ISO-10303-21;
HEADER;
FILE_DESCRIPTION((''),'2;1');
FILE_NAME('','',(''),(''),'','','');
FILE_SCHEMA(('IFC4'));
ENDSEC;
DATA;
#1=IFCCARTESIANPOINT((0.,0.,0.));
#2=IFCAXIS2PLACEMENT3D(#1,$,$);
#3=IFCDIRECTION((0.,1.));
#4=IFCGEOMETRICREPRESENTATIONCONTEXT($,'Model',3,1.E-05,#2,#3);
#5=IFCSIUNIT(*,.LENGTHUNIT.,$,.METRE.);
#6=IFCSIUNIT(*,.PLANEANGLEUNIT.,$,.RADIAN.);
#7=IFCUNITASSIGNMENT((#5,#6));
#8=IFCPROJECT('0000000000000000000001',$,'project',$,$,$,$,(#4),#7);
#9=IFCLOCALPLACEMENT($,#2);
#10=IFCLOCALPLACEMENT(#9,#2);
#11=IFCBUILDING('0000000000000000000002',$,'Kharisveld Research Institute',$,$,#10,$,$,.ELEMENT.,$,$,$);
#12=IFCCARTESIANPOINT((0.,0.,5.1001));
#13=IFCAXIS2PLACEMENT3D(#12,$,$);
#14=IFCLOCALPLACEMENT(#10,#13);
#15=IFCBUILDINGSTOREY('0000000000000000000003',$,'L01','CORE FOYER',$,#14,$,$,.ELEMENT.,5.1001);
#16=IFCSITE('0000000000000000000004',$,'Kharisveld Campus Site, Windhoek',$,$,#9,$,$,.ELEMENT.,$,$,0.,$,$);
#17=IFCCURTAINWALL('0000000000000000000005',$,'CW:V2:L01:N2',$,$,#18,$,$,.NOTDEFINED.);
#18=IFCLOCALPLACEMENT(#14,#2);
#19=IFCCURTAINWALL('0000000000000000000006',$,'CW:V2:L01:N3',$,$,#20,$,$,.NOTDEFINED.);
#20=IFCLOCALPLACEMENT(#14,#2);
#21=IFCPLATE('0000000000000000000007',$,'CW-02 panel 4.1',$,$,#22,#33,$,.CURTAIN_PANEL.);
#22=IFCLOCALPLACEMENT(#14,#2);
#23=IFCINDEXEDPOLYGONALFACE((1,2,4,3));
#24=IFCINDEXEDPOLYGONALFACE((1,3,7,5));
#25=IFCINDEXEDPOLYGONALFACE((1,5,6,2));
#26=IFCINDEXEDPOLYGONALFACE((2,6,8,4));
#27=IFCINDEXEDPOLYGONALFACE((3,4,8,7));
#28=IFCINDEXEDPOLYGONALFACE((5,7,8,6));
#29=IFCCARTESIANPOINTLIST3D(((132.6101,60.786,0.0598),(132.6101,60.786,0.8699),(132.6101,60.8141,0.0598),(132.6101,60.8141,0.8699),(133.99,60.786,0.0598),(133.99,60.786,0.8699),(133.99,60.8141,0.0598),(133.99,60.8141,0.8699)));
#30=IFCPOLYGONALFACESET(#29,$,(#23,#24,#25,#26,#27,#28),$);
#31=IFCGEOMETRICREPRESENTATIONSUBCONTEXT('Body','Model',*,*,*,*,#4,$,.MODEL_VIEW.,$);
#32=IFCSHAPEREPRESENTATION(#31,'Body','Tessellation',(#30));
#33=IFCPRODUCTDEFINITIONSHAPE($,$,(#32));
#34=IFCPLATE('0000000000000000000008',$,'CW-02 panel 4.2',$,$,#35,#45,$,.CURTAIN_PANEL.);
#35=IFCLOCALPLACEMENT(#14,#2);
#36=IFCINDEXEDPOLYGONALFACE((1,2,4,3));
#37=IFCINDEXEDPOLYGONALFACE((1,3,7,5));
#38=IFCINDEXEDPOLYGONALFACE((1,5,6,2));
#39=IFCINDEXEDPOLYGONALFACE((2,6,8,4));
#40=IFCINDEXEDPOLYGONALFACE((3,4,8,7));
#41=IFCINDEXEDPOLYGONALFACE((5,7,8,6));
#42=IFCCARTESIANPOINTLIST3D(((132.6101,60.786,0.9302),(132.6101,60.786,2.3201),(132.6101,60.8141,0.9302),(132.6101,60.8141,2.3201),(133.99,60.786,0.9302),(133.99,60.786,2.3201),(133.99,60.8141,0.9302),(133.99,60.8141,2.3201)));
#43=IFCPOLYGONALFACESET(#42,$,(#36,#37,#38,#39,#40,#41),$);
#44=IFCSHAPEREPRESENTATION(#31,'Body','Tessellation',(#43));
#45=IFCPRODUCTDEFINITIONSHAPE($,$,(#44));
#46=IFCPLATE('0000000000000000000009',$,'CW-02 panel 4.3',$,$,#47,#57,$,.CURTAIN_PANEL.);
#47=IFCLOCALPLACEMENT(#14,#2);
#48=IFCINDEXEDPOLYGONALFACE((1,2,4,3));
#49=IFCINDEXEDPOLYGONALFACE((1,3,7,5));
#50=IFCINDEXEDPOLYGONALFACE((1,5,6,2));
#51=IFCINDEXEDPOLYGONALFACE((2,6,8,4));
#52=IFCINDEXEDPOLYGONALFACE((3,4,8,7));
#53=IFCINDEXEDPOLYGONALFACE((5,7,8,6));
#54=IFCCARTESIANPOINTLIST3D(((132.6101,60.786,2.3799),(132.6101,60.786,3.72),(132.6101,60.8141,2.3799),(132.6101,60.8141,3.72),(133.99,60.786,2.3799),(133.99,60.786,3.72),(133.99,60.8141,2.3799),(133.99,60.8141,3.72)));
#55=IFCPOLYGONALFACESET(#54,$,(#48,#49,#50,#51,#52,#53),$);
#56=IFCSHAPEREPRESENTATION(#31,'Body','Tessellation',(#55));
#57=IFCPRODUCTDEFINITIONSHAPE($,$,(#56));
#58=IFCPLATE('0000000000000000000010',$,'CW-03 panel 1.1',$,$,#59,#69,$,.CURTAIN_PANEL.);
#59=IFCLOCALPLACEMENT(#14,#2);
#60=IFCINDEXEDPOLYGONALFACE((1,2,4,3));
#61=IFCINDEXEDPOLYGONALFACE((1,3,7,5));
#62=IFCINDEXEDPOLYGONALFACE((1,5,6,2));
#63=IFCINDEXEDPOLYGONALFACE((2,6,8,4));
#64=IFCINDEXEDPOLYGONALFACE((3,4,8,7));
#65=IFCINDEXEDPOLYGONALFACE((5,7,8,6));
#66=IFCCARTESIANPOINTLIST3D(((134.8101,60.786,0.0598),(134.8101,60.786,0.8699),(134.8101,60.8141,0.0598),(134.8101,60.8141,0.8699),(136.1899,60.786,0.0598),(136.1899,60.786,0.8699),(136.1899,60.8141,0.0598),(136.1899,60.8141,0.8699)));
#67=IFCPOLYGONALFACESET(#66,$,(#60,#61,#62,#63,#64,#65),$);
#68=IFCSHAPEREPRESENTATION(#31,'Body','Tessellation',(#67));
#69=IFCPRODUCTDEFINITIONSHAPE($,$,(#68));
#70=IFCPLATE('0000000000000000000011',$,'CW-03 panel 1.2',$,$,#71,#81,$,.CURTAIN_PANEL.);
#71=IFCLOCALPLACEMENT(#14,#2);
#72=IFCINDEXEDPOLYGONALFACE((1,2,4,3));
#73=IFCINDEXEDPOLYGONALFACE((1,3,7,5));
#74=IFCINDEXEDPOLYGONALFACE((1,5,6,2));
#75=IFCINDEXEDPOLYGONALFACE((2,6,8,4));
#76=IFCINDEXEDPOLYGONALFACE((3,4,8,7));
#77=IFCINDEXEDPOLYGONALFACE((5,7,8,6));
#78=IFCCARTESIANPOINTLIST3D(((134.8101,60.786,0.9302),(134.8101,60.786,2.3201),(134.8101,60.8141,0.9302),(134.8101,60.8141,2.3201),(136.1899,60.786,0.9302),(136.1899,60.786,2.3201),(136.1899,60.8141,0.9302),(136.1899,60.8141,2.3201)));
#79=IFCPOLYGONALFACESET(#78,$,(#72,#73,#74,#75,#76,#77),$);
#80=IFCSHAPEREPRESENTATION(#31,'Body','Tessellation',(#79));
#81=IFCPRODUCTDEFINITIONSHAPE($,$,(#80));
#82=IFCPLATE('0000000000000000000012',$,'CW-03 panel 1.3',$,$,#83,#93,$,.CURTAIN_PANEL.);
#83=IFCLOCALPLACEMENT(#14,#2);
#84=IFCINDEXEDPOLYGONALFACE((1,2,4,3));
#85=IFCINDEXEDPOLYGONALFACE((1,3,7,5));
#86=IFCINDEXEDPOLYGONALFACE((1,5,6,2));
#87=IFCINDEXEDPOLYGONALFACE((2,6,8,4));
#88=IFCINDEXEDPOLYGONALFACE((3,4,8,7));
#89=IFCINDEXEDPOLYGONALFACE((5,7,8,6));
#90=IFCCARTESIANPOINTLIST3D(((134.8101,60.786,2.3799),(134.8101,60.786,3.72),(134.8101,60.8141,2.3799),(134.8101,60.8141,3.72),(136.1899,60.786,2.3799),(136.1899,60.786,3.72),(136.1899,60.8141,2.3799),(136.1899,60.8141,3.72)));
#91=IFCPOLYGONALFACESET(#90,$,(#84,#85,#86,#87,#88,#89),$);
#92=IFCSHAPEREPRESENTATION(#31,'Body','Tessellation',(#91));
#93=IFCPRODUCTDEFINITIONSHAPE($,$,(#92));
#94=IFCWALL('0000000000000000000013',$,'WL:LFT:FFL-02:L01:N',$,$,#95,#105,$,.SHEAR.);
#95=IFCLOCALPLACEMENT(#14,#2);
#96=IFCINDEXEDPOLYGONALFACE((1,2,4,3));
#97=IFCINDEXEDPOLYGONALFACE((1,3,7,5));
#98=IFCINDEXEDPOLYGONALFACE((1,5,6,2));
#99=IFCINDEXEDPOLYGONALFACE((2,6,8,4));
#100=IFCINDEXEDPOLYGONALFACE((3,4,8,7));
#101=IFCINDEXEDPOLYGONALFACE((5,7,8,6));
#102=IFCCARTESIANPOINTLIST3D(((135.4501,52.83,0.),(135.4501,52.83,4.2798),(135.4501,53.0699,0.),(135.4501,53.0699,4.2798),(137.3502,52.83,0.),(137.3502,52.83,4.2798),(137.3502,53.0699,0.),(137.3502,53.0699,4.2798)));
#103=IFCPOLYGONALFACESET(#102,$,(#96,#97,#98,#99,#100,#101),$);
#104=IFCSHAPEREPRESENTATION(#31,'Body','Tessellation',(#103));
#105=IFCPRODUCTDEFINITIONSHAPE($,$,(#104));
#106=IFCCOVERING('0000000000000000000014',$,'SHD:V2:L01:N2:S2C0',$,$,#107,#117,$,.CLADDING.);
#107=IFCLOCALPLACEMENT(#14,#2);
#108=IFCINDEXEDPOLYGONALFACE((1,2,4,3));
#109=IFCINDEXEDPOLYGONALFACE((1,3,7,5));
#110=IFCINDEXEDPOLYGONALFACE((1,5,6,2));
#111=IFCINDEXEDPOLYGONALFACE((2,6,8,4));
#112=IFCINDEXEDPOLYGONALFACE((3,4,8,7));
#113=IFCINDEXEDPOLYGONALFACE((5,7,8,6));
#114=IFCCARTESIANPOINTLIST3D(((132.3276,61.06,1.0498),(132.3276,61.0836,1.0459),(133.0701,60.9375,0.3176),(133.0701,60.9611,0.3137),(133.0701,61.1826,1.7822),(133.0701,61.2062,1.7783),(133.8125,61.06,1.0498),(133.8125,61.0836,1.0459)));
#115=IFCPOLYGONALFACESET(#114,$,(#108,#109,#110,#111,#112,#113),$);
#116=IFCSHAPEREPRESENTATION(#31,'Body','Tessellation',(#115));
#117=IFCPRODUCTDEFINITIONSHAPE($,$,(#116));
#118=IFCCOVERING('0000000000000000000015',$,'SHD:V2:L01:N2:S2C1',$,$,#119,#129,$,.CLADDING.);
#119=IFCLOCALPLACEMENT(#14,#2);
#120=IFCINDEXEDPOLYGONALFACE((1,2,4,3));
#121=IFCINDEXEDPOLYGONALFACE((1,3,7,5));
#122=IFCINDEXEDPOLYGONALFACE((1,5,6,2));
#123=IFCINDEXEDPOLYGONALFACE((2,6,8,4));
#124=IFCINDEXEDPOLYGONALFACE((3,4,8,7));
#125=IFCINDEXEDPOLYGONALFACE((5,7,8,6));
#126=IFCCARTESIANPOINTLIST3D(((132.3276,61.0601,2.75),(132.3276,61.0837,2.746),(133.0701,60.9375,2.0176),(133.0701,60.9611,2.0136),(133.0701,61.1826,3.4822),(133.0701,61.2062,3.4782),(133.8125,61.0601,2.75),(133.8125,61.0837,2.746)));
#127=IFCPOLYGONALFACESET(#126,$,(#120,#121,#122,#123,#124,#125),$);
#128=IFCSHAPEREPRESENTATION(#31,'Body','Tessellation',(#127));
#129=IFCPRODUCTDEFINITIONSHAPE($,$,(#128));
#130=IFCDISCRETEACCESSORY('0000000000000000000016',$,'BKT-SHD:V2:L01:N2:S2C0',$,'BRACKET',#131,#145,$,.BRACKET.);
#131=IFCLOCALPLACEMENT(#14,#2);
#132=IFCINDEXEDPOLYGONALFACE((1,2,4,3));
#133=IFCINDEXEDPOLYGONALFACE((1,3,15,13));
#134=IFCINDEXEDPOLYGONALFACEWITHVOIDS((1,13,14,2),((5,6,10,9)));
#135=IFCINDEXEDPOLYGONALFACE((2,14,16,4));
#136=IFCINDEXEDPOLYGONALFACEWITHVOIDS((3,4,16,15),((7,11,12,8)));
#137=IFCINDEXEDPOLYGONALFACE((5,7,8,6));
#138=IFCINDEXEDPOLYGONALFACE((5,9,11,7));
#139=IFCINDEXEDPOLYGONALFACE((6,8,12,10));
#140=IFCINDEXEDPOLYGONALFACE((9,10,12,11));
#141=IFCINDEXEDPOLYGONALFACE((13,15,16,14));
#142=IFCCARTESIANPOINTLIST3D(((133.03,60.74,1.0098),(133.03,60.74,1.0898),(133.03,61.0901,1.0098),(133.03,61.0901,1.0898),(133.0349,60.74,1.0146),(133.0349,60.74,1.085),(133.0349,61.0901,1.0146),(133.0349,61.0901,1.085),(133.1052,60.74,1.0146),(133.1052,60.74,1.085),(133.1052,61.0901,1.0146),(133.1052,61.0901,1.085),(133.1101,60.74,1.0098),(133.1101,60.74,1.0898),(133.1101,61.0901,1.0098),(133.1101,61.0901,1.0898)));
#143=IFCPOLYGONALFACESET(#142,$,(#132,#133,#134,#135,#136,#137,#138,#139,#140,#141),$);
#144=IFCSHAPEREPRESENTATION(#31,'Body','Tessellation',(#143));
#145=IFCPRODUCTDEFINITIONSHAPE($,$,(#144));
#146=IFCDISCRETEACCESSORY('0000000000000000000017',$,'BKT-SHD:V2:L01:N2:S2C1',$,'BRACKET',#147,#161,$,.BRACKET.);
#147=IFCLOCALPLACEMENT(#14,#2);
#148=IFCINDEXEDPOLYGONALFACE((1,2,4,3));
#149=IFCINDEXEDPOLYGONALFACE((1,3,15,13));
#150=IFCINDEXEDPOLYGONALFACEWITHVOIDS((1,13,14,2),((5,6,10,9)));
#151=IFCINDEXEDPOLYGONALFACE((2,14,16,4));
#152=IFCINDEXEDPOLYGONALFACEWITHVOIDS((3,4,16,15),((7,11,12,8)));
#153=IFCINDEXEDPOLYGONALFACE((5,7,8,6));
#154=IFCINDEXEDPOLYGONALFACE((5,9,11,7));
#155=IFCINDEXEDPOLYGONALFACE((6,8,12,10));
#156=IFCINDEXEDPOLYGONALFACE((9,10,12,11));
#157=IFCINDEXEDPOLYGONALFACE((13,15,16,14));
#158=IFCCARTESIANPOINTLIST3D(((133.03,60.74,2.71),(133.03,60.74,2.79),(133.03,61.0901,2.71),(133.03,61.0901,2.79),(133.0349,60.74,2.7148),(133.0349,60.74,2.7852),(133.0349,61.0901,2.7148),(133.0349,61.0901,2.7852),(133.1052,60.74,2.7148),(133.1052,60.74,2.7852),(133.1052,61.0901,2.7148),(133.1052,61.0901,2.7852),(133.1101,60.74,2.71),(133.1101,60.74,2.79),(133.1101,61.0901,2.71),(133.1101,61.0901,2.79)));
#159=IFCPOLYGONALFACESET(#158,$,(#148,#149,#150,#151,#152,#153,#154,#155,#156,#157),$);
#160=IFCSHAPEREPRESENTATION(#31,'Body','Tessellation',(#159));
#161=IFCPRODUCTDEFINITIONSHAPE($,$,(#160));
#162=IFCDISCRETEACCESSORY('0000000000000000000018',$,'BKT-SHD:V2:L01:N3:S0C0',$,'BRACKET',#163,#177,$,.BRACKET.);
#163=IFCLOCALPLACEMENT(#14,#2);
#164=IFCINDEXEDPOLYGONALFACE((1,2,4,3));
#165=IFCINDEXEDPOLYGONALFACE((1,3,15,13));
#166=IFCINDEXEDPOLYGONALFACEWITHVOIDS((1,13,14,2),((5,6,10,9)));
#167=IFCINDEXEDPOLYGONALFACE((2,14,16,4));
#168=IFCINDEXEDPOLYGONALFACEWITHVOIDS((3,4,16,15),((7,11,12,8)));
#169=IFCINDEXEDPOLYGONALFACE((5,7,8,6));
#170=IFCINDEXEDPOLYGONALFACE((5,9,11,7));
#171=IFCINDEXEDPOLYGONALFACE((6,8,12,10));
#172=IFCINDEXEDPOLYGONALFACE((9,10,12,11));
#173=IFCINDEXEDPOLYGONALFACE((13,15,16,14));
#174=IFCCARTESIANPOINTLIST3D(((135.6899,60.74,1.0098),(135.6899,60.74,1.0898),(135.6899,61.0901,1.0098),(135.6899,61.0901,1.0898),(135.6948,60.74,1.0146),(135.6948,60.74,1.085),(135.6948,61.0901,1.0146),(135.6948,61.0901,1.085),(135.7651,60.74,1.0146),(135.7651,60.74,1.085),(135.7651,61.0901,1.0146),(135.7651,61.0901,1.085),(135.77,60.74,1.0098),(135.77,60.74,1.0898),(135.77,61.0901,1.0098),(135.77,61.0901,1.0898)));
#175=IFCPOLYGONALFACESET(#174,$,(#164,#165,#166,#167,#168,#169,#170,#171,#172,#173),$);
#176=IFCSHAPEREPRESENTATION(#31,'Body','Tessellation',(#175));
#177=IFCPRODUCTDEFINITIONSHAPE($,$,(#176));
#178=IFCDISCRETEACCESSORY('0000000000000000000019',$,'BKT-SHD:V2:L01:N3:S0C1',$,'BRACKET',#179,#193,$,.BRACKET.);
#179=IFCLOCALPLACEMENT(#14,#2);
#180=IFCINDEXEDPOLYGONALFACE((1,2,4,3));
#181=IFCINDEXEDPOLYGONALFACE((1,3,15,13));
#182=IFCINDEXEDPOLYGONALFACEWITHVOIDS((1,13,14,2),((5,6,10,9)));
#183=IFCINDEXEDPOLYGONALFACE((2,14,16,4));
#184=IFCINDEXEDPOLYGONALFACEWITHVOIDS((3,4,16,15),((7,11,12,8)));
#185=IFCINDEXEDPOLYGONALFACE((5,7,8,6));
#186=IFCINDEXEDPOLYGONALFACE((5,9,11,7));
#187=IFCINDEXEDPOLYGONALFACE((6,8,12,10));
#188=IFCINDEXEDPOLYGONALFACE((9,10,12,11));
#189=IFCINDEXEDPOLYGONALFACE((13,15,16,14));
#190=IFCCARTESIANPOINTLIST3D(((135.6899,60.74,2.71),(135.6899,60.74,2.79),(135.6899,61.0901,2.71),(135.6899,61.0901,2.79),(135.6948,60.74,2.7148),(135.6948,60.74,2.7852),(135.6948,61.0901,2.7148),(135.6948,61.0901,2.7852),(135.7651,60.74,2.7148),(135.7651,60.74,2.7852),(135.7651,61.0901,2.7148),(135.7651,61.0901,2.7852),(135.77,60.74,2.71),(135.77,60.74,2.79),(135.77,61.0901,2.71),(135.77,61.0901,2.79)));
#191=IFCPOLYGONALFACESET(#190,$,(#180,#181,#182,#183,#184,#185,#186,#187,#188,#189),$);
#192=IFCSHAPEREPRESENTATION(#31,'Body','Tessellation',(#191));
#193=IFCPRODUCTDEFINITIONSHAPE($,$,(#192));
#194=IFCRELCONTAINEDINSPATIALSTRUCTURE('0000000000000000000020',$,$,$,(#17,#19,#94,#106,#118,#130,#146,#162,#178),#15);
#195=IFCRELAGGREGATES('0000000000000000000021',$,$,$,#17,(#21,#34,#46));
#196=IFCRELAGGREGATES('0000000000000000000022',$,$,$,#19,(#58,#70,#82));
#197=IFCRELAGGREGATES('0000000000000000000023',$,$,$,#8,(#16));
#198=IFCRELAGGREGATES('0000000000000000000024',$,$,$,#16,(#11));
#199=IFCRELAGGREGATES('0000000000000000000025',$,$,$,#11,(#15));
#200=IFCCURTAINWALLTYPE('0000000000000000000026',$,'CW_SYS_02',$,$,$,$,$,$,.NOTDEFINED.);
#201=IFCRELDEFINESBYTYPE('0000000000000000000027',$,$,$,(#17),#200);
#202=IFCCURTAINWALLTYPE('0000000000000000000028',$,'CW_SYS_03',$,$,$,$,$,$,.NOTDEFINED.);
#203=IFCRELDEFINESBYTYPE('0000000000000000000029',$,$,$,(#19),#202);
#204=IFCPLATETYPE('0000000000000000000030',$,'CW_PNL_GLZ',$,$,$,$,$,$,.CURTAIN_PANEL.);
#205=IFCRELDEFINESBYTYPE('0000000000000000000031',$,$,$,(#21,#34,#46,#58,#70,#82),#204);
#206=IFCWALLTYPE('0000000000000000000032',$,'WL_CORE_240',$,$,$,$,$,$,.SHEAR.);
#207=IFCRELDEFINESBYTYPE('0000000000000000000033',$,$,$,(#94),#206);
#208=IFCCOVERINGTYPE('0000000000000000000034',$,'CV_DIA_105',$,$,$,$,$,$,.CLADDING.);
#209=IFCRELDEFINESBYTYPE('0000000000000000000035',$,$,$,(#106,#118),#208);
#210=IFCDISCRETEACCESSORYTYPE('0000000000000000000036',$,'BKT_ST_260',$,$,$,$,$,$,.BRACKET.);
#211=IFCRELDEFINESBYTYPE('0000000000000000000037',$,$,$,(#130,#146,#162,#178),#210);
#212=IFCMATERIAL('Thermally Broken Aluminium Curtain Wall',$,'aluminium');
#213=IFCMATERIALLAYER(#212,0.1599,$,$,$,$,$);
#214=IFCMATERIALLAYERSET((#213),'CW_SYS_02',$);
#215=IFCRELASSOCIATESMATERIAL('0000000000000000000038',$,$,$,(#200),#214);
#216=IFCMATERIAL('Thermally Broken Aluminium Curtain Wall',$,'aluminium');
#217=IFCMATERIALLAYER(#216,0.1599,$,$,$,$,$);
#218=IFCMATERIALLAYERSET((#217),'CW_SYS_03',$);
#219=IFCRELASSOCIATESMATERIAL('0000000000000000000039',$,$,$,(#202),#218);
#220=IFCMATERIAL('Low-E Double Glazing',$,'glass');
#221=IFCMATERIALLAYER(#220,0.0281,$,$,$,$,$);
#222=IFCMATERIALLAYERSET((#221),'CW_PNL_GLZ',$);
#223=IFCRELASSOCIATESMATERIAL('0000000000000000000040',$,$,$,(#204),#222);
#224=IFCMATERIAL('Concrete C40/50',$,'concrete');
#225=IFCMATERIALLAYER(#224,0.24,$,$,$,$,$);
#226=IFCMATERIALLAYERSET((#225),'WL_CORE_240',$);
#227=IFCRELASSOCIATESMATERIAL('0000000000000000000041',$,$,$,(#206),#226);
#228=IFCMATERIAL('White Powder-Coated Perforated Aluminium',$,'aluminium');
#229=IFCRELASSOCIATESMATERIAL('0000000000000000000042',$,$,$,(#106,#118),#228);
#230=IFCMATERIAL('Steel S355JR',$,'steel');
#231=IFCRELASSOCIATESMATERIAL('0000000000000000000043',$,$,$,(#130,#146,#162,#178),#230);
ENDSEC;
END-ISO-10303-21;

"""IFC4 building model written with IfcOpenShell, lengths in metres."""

from ifc_helpers import new_model, si_unit, direction, frame, frame_2d, origin, origin_2d, place, context, subcontext, project, spatial, polyline, rectangle, hollow_rectangle, outline, extrude, material, layer, layer_set, type_object, element, aggregate, save


model = new_model("IFC4")

# Units and contexts
model_context = context("Model", 3, precision=1e-05, world=origin(), true_north=direction((0.0, 1.0)))
body_context = subcontext(model_context, "Body", "Model", "MODEL_VIEW")
ifc_project = project(units=[si_unit("LENGTHUNIT", "METRE"), si_unit("PLANEANGLEUNIT", "RADIAN")], contexts=[model_context])

# Site, building, storey
site_placement = place(None, origin())
site = spatial("IfcSite", under=ifc_project, at=site_placement, Name="Kharisveld Campus Site, Windhoek", CompositionType="ELEMENT", RefElevation=0.0)
building_placement = place(site_placement, origin())
building = spatial("IfcBuilding", under=site, at=building_placement, Name="Kharisveld Research Institute", CompositionType="ELEMENT")
storey_placement = place(building_placement, frame((0.0, 0.0, 5.1001)))
storey = spatial("IfcBuildingStorey", under=building, at=storey_placement, Name="L01", Description="CORE FOYER", CompositionType="ELEMENT", Elevation=5.1001)

# Curtain wall
ifc_material_1 = material(Name="Thermally Broken Aluminium Curtain Wall", Category="aluminium")
ifc_layer_1 = layer(ifc_material_1, 0.1599)
ifc_layer_set_1 = layer_set([ifc_layer_1], Name="CW_SYS_02")
curtain_wall_type_1 = type_object("IfcCurtainWallType", Name="CW_SYS_02", PredefinedType="NOTDEFINED", material=ifc_layer_set_1)
curtain_wall_1_placement = place(storey_placement, origin())
curtain_wall_1 = element("IfcCurtainWall", 1, at=curtain_wall_1_placement, inside=storey, type_object=curtain_wall_type_1, Name="CW:V2:L01:N2", PredefinedType="NOTDEFINED")

# Curtain wall
ifc_material_2 = material(Name="Thermally Broken Aluminium Curtain Wall", Category="aluminium")
ifc_layer_2 = layer(ifc_material_2, 0.1599)
ifc_layer_set_2 = layer_set([ifc_layer_2], Name="CW_SYS_03")
curtain_wall_type_2 = type_object("IfcCurtainWallType", Name="CW_SYS_03", PredefinedType="NOTDEFINED", material=ifc_layer_set_2)
curtain_wall_2_placement = place(storey_placement, origin())
curtain_wall_2 = element("IfcCurtainWall", 2, at=curtain_wall_2_placement, inside=storey, type_object=curtain_wall_type_2, Name="CW:V2:L01:N3", PredefinedType="NOTDEFINED")

# Plates
ifc_material_3 = material(Name="Low-E Double Glazing", Category="glass")
ifc_layer_3 = layer(ifc_material_3, 0.0281)
ifc_layer_set_3 = layer_set([ifc_layer_3], Name="CW_PNL_GLZ")
plate_type = type_object("IfcPlateType", Name="CW_PNL_GLZ", PredefinedType="CURTAIN_PANEL", material=ifc_layer_set_3)
plate_1_placement = place(storey_placement, frame((133.3, 60.8, 0.0598), z_axis=(0.0, 0.0, 1.0), x_axis=(1.0, 0.0, 0.0)))
plate_1 = element("IfcPlate", 3, at=plate_1_placement, type_object=plate_type, Name="CW-02 panel 4.1", PredefinedType="CURTAIN_PANEL", context=body_context, shape_type="SweptSolid", body=[
    extrude(rectangle(XDim=1.3799, YDim=0.0281, at=origin_2d()), origin(), (0.0, 0.0, 1.0), 0.8101),
])
plate_2_placement = place(storey_placement, frame((133.3, 60.8, 0.9302), z_axis=(0.0, 0.0, 1.0), x_axis=(1.0, 0.0, 0.0)))
plate_2 = element("IfcPlate", 4, at=plate_2_placement, type_object=plate_type, Name="CW-02 panel 4.2", PredefinedType="CURTAIN_PANEL", context=body_context, shape_type="SweptSolid", body=[
    extrude(rectangle(XDim=1.3799, YDim=0.0281, at=origin_2d()), origin(), (0.0, 0.0, 1.0), 1.3899),
])
plate_3_placement = place(storey_placement, frame((133.3, 60.8, 2.3799), z_axis=(0.0, 0.0, 1.0), x_axis=(1.0, 0.0, 0.0)))
plate_3 = element("IfcPlate", 5, at=plate_3_placement, type_object=plate_type, Name="CW-02 panel 4.3", PredefinedType="CURTAIN_PANEL", context=body_context, shape_type="SweptSolid", body=[
    extrude(rectangle(XDim=1.3799, YDim=0.0281, at=origin_2d()), origin(), (0.0, 0.0, 1.0), 1.3401),
])
aggregate(curtain_wall_1, [plate_1, plate_2, plate_3])
plate_4_placement = place(storey_placement, frame((135.5, 60.8, 0.0598), z_axis=(0.0, 0.0, 1.0), x_axis=(1.0, 0.0, 0.0)))
plate_4 = element("IfcPlate", 6, at=plate_4_placement, type_object=plate_type, Name="CW-03 panel 1.1", PredefinedType="CURTAIN_PANEL", context=body_context, shape_type="SweptSolid", body=[
    extrude(rectangle(XDim=1.3799, YDim=0.0281, at=origin_2d()), origin(), (0.0, 0.0, 1.0), 0.8101),
])
plate_5_placement = place(storey_placement, frame((135.5, 60.8, 0.9302), z_axis=(0.0, 0.0, 1.0), x_axis=(1.0, 0.0, 0.0)))
plate_5 = element("IfcPlate", 7, at=plate_5_placement, type_object=plate_type, Name="CW-03 panel 1.2", PredefinedType="CURTAIN_PANEL", context=body_context, shape_type="SweptSolid", body=[
    extrude(rectangle(XDim=1.3799, YDim=0.0281, at=origin_2d()), origin(), (0.0, 0.0, 1.0), 1.3899),
])
plate_6_placement = place(storey_placement, frame((135.5, 60.8, 2.3799), z_axis=(0.0, 0.0, 1.0), x_axis=(1.0, 0.0, 0.0)))
plate_6 = element("IfcPlate", 8, at=plate_6_placement, type_object=plate_type, Name="CW-03 panel 1.3", PredefinedType="CURTAIN_PANEL", context=body_context, shape_type="SweptSolid", body=[
    extrude(rectangle(XDim=1.3799, YDim=0.0281, at=origin_2d()), origin(), (0.0, 0.0, 1.0), 1.3401),
])
aggregate(curtain_wall_2, [plate_4, plate_5, plate_6])

# Wall
ifc_material_4 = material(Name="Concrete C40/50", Category="concrete")
ifc_layer_4 = layer(ifc_material_4, 0.24)
ifc_layer_set_4 = layer_set([ifc_layer_4], Name="WL_CORE_240")
wall_type = type_object("IfcWallType", Name="WL_CORE_240", PredefinedType="SHEAR", material=ifc_layer_set_4)
wall_placement = place(storey_placement, frame((135.45, 52.95, 0.0), z_axis=(0.0, 0.0, 1.0), x_axis=(1.0, 0.0, 0.0)))
element("IfcWall", 9, at=wall_placement, inside=storey, type_object=wall_type, Name="WL:LFT:FFL-02:L01:N", PredefinedType="SHEAR", context=body_context, shape_type="SweptSolid", body=[
    extrude(rectangle(XDim=1.9001, YDim=0.24, at=frame_2d((0.9502, 0.0))), origin(), (0.0, 0.0, 1.0), 4.2798),
])

# Coverings
ifc_material_5 = material(Name="White Powder-Coated Perforated Aluminium", Category="aluminium")
covering_type = type_object("IfcCoveringType", Name="CV_DIA_105", PredefinedType="CLADDING")
covering_1_placement = place(storey_placement, frame((133.0701, 60.9375, 0.3176), z_axis=(0.0, -0.986283, 0.165065), x_axis=(0.707139, 0.116714, 0.697376)))
element("IfcCovering", 10, at=covering_1_placement, inside=storey, type_object=covering_type, material=ifc_material_5, Name="SHD:V2:L01:N2:S2C0", PredefinedType="CLADDING", context=body_context, shape_type="SweptSolid", body=[
    extrude(outline(polyline([(0.0, 0.0), (1.0499, 0.0), (1.05, 1.0501), (-0.0001, 1.0499), (0.0, 0.0)])), origin(), (0.0, 0.0, -1.0), 0.0239),
])
covering_2_placement = place(storey_placement, frame((133.0701, 60.9375, 2.0176), z_axis=(0.0, -0.986283, 0.165065), x_axis=(0.707024, 0.116733, 0.697489)))
element("IfcCovering", 11, at=covering_2_placement, inside=storey, type_object=covering_type, material=ifc_material_5, Name="SHD:V2:L01:N2:S2C1", PredefinedType="CLADDING", context=body_context, shape_type="SweptSolid", body=[
    extrude(outline(polyline([(0.0, 0.0), (1.0501, 0.0), (1.0502, 1.0499), (0.0002, 1.0501), (0.0, 0.0)])), origin(), (0.0, 0.0, -1.0), 0.0239),
])

# Discrete accessories
ifc_material_6 = material(Name="Steel S355JR", Category="steel")
discrete_accessory_type = type_object("IfcDiscreteAccessoryType", Name="BKT_ST_260", PredefinedType="BRACKET")
for number, where, z_axis, x_axis, name in (
    (12, (133.0701, 60.74, 1.0498), (0.0, 1.0, 0.0), (-1.0, 0.0, 0.0), "BKT-SHD:V2:L01:N2:S2C0"),
    (13, (133.0701, 60.74, 2.75), (0.0, 1.0, 0.0), (-1.0, 0.0, 0.0), "BKT-SHD:V2:L01:N2:S2C1"),
    (14, (135.73, 60.74, 1.0498), (0.0, 1.0, 0.0), (-1.0, 0.0, 0.0), "BKT-SHD:V2:L01:N3:S0C0"),
    (15, (135.73, 60.74, 2.75), (0.0, 1.0, 0.0), (-1.0, 0.0, 0.0), "BKT-SHD:V2:L01:N3:S0C1"),
):
    element("IfcDiscreteAccessory", number, at=place(storey_placement, frame(where, z_axis=z_axis, x_axis=x_axis)), inside=storey, type_object=discrete_accessory_type, material=ifc_material_6, Name=name, ObjectType="BRACKET", PredefinedType="BRACKET", context=body_context, shape_type="SweptSolid", body=[
        extrude(hollow_rectangle(XDim=0.0801, YDim=0.0801, WallThickness=0.0049, at=origin_2d()), origin(), (0.0, 0.0, 1.0), 0.3501),
    ])

save(model, "model.ifc")
